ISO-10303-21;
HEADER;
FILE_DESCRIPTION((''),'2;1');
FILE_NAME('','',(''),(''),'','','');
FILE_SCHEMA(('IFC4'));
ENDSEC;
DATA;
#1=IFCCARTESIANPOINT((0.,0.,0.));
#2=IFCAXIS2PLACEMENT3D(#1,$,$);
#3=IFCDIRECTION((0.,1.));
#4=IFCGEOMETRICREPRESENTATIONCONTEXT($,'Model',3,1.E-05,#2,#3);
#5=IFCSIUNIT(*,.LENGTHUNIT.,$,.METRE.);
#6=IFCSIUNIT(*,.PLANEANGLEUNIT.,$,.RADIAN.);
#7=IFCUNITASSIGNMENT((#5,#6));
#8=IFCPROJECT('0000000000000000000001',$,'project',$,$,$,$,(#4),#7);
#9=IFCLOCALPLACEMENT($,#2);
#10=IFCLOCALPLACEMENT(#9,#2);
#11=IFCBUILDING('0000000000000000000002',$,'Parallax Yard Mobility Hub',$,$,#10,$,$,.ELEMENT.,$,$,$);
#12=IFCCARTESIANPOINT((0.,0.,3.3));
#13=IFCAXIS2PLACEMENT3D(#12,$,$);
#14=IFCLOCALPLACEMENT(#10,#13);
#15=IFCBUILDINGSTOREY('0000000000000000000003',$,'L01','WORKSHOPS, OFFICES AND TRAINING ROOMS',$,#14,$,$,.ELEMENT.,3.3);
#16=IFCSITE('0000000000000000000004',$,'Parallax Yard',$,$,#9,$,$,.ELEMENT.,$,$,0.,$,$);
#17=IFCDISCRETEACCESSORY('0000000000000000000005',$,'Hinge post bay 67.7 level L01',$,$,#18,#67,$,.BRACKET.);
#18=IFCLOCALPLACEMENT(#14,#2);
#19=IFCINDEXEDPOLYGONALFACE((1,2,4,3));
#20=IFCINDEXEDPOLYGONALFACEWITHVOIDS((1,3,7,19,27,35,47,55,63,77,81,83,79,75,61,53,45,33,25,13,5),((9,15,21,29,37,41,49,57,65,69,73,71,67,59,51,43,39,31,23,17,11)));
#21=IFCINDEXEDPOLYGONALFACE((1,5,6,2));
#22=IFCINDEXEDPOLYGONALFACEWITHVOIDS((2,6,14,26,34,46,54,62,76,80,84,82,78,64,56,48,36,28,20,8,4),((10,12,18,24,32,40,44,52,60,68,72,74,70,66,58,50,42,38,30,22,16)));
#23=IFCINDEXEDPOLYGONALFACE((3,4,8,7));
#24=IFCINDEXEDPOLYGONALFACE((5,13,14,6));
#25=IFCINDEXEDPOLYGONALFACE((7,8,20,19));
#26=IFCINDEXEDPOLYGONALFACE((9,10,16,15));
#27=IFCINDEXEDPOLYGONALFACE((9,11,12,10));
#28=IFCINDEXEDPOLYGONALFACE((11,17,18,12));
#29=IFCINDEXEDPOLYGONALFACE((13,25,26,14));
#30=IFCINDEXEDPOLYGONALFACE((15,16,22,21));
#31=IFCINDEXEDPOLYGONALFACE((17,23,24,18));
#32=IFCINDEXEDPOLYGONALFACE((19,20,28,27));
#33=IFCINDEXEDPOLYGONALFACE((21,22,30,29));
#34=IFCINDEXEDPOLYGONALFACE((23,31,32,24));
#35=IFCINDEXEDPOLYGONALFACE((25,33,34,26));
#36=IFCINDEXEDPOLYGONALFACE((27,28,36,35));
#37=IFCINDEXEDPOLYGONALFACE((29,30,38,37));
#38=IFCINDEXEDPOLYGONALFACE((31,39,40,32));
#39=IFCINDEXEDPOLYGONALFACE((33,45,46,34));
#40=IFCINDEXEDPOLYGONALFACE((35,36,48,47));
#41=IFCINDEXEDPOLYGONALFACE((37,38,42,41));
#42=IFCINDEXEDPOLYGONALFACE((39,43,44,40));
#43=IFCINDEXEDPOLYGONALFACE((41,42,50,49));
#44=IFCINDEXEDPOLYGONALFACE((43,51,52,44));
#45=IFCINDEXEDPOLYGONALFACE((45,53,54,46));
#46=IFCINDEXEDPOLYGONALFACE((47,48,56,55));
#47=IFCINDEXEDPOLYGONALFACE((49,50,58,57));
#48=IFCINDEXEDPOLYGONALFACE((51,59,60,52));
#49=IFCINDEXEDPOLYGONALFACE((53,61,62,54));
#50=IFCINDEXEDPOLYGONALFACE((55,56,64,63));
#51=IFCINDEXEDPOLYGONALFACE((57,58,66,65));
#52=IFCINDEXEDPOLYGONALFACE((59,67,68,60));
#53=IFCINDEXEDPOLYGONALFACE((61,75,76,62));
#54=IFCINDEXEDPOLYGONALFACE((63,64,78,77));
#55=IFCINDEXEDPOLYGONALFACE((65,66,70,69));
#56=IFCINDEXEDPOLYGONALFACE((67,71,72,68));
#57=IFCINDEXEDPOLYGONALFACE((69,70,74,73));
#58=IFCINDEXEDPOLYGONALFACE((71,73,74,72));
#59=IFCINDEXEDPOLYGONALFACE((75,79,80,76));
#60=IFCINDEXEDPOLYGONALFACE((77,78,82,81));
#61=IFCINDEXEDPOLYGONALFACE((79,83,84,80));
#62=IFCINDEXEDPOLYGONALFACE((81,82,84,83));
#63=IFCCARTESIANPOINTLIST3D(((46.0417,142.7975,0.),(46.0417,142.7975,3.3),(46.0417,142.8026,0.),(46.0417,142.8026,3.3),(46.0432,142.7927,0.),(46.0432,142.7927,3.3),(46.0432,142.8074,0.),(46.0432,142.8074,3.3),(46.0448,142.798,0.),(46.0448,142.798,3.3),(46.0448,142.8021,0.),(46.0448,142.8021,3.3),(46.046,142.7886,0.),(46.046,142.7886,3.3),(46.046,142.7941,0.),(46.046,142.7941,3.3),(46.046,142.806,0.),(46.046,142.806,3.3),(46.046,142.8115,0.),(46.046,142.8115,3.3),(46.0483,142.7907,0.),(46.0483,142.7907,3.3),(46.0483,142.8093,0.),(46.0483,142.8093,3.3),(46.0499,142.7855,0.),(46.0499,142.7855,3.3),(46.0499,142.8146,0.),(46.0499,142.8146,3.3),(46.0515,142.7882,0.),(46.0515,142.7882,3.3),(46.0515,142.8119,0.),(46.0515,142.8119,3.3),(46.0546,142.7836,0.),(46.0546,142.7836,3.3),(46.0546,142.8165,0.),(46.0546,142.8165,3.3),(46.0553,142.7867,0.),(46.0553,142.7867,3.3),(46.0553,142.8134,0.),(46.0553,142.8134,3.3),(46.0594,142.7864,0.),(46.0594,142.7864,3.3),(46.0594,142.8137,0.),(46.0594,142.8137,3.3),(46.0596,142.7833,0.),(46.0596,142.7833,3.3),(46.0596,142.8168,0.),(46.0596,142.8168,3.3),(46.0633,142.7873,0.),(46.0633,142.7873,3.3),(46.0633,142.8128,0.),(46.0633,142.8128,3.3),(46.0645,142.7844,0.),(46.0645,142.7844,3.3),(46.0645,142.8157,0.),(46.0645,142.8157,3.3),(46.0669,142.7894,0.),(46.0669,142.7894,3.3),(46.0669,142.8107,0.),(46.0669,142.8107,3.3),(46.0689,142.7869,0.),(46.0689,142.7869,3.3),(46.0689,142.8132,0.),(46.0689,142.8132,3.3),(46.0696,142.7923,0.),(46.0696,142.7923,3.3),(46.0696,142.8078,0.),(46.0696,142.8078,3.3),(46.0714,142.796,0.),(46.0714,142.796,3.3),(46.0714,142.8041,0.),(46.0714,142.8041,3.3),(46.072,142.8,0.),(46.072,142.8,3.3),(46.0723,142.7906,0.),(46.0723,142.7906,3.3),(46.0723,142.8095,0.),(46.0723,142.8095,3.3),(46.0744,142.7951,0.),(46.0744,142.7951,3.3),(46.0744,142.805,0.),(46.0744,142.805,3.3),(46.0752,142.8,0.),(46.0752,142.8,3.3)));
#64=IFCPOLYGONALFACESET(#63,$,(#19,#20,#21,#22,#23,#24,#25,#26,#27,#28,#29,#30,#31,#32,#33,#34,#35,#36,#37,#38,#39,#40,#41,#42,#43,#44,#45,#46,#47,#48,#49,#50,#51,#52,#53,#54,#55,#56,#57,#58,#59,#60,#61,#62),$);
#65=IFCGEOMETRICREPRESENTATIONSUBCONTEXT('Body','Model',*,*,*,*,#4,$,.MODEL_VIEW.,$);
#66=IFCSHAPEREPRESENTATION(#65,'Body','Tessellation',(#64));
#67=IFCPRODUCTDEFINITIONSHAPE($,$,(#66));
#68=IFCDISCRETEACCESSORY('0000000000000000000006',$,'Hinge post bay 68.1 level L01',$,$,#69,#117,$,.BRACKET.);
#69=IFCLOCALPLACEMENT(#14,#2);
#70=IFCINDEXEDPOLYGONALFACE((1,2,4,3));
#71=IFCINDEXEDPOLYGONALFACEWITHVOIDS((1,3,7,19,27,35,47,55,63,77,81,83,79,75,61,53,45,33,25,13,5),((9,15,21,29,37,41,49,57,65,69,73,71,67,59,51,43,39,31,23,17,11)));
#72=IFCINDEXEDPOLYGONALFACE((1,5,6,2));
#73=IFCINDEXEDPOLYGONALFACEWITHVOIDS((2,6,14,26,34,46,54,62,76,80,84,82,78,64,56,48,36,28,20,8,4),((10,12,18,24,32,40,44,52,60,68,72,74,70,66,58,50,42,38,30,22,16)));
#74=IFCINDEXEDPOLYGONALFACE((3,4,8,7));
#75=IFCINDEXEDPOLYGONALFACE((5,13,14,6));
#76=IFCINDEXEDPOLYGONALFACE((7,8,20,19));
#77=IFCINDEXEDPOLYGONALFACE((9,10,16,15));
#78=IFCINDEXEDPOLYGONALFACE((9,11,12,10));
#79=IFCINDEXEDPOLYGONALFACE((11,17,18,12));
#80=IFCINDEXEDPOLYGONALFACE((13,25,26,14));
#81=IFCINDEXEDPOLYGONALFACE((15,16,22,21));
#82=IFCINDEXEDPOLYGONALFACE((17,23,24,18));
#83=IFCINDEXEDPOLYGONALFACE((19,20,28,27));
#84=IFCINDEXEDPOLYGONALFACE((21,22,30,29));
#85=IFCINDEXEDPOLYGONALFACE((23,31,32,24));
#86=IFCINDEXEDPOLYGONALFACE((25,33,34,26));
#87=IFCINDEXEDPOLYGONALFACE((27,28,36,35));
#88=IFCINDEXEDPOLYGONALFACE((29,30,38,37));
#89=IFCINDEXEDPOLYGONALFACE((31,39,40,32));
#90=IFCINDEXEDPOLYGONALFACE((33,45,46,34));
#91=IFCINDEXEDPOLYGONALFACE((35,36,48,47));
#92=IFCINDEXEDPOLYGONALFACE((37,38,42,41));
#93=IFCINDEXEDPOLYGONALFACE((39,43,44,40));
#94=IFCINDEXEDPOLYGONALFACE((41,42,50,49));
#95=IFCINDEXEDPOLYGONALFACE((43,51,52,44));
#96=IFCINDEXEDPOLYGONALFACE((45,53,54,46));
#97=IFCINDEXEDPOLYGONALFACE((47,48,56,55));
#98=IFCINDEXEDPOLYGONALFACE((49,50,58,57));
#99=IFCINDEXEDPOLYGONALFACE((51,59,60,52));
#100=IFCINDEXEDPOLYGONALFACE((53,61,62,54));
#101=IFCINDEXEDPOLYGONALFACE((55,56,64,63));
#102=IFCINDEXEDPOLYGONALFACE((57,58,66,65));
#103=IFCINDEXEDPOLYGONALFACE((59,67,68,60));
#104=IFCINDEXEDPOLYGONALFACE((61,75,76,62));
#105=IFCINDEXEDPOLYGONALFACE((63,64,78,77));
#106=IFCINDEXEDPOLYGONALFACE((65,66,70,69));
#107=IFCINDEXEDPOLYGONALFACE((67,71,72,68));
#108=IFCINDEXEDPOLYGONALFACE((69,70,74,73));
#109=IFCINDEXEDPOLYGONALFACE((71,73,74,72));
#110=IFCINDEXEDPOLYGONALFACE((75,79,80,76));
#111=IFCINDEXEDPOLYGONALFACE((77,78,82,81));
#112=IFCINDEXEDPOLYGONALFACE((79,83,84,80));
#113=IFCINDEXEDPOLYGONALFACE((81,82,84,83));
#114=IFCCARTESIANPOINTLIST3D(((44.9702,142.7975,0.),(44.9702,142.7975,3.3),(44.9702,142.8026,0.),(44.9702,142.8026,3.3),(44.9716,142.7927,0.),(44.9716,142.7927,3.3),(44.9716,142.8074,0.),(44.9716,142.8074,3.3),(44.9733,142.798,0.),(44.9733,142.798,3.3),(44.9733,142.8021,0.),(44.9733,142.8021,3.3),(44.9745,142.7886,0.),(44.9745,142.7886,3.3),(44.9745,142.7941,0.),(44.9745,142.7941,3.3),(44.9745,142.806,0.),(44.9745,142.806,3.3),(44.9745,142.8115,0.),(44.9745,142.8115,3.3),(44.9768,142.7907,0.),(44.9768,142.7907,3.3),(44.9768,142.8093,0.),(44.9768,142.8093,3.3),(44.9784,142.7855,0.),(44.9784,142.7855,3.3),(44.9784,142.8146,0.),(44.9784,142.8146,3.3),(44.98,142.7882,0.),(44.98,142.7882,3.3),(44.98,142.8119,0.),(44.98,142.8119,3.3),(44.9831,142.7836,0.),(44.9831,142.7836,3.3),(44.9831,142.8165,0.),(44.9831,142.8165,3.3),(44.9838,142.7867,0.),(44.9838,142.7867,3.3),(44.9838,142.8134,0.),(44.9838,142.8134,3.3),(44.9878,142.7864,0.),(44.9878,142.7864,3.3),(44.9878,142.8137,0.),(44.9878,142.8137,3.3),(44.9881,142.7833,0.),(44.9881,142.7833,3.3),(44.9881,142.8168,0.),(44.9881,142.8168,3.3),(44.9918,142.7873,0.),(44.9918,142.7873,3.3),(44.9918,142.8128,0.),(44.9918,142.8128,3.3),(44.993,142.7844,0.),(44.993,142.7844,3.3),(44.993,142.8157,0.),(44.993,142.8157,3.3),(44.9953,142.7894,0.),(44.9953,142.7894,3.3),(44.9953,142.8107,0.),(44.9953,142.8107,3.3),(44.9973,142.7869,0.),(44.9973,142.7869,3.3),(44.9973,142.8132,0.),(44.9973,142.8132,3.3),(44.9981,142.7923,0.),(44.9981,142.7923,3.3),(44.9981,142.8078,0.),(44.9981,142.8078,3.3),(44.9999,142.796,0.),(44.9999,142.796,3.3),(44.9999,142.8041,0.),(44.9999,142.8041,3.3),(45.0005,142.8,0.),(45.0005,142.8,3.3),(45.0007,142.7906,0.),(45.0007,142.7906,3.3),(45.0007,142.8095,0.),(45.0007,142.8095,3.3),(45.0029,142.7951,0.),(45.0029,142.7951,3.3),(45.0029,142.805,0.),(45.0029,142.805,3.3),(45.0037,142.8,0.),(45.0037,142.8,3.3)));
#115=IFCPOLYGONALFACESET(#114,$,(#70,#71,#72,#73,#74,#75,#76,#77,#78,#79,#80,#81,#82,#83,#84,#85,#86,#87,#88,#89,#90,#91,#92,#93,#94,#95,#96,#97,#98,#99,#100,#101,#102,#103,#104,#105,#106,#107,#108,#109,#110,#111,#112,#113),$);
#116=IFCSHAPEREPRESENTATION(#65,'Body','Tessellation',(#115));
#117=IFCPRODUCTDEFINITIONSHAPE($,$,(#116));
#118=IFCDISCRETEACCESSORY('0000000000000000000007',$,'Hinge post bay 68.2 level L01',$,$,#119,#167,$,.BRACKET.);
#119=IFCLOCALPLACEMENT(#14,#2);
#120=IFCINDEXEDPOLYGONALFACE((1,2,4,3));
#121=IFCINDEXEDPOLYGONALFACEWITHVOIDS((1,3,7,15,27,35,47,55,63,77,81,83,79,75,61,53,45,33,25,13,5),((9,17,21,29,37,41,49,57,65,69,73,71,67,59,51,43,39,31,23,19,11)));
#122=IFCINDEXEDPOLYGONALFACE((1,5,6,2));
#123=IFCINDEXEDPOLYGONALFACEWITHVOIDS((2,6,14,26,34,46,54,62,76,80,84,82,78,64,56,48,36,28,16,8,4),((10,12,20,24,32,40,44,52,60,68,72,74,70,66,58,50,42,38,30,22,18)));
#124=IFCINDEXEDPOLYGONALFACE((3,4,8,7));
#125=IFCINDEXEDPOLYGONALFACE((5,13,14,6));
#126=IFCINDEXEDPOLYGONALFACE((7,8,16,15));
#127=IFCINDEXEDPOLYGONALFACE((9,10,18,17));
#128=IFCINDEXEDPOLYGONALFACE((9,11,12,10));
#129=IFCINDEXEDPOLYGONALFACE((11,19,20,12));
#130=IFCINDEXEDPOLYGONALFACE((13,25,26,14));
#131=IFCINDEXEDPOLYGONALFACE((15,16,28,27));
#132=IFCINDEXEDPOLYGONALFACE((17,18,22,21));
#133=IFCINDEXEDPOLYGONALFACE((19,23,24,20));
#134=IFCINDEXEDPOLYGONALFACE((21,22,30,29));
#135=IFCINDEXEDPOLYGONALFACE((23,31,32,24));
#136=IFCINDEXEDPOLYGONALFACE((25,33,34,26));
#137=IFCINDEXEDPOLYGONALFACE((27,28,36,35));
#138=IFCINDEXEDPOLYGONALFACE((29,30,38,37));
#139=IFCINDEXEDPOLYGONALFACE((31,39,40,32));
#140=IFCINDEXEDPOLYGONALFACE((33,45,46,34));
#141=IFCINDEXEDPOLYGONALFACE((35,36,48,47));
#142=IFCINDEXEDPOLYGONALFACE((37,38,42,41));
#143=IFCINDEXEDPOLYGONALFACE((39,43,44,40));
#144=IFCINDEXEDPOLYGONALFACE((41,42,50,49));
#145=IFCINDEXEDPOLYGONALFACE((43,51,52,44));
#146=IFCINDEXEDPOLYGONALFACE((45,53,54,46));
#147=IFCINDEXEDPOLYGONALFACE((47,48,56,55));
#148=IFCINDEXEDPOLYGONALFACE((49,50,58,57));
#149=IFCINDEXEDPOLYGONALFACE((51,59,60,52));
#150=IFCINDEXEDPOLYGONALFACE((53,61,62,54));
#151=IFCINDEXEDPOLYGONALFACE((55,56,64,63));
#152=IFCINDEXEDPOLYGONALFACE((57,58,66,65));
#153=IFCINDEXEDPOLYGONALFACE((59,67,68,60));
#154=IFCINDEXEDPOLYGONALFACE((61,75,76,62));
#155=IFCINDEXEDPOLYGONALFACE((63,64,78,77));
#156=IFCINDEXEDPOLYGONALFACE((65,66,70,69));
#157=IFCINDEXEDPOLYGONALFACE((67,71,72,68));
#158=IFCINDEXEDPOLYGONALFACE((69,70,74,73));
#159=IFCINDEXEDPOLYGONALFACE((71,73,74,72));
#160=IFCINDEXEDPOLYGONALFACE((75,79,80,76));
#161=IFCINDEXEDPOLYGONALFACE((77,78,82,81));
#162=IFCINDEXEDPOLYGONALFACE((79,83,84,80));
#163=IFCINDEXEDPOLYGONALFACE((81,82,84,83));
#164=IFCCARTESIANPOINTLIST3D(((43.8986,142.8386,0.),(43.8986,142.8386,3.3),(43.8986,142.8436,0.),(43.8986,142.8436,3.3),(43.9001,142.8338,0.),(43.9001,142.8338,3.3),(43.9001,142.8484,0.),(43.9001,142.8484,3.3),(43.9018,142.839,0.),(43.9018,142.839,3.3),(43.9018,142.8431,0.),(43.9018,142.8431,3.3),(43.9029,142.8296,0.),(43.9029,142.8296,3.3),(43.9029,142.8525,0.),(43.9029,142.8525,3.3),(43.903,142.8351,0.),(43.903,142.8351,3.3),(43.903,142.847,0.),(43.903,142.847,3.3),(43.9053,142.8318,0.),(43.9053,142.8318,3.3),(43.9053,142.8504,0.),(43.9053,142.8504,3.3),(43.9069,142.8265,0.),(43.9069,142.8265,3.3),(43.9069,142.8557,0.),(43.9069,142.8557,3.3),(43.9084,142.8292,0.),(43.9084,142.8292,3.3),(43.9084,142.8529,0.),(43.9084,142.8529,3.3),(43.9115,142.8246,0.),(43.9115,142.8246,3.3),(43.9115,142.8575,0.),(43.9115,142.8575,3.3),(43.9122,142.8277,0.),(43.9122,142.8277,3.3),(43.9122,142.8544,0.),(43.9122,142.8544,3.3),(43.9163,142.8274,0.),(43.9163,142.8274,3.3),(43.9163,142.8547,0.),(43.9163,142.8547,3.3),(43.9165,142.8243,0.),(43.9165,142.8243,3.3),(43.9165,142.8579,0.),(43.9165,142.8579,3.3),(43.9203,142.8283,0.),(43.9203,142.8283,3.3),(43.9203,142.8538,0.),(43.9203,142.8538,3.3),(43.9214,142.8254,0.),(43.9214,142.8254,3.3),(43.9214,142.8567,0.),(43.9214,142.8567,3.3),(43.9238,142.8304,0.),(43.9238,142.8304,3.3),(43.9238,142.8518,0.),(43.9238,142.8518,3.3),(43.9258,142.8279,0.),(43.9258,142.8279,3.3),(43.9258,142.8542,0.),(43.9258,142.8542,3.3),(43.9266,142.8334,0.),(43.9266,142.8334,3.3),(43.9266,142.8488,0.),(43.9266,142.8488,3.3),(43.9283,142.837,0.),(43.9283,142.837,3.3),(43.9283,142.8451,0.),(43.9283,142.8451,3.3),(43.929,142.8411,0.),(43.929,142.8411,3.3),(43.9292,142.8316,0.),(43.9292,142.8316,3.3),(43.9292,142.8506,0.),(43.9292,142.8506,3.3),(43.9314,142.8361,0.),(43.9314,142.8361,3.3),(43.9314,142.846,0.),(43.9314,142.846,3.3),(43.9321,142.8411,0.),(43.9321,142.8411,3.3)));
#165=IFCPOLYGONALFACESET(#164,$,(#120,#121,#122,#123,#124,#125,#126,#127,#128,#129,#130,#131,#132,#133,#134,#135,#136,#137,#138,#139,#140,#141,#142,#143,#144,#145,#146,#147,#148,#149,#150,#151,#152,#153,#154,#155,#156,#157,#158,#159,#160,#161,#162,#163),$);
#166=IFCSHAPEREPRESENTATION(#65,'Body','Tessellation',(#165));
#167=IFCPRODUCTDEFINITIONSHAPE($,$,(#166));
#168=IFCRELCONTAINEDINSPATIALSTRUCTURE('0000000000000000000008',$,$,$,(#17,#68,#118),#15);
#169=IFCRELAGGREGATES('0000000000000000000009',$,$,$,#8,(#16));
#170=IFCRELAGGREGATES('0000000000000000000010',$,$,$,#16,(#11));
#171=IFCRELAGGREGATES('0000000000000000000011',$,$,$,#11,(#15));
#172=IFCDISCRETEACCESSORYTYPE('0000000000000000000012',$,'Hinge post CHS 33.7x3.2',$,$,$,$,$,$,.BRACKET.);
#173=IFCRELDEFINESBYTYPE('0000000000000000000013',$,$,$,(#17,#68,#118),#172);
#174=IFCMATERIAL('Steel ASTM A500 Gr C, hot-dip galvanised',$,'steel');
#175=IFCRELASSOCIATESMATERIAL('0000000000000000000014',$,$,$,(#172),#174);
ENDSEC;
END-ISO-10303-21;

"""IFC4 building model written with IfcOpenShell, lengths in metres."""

from ifc_helpers import new_model, si_unit, direction, frame, origin, origin_2d, place, context, subcontext, project, spatial, hollow_circle, extrude, material, material_profile, profile_set, type_object, element, save


model = new_model("IFC4")

# Units and contexts
model_context = context("Model", 3, precision=1e-05, world=origin(), true_north=direction((0.0, 1.0)))
body_context = subcontext(model_context, "Body", "Model", "MODEL_VIEW")
ifc_project = project(units=[si_unit("LENGTHUNIT", "METRE"), si_unit("PLANEANGLEUNIT", "RADIAN")], contexts=[model_context])

# Site, building, storey
site_placement = place(None, origin())
site = spatial("IfcSite", under=ifc_project, at=site_placement, Name="Parallax Yard", CompositionType="ELEMENT", RefElevation=0.0)
building_placement = place(site_placement, origin())
building = spatial("IfcBuilding", under=site, at=building_placement, Name="Parallax Yard Mobility Hub", CompositionType="ELEMENT")
storey_placement = place(building_placement, frame((0.0, 0.0, 3.3)))
storey = spatial("IfcBuildingStorey", under=building, at=storey_placement, Name="L01", Description="WORKSHOPS, OFFICES AND TRAINING ROOMS", CompositionType="ELEMENT", Elevation=3.3)

# Discrete accessories
ifc_material_1 = material(Name="Steel ASTM A500 Gr C, hot-dip galvanised", Category="steel")
ifc_material_profile = material_profile(ifc_material_1, hollow_circle(Radius=0.0168, WallThickness=0.0032, at=origin_2d()), Name="CHS 33.7x3.2")
ifc_profile_set = profile_set([ifc_material_profile], Name="Steel ASTM A500 Gr C, hot-dip galvanised")
discrete_accessory_type_1 = type_object("IfcDiscreteAccessoryType", Name="Hinge post CHS 33.7x3.2", PredefinedType="BRACKET", material=ifc_profile_set)
for number, where, z_axis, x_axis, name in (
    (1, (46.0583, 142.8, 0.0), (0.0, 0.0, 1.0), (1.0, 0.0, 0.0), "Hinge post bay 67.7 level L01"),
    (2, (44.9868, 142.8, 0.0), (0.0, 0.0, 1.0), (1.0, 0.0, 0.0), "Hinge post bay 68.1 level L01"),
    (3, (43.9153, 142.8411, 0.0), (0.0, 0.0, 1.0), (1.0, 0.0, 0.0), "Hinge post bay 68.2 level L01"),
):
    element("IfcDiscreteAccessory", number, at=place(storey_placement, frame(where, z_axis=z_axis, x_axis=x_axis)), inside=storey, type_object=discrete_accessory_type_1, Name=name, PredefinedType="BRACKET", context=body_context, shape_type="SweptSolid", body=[
        extrude(hollow_circle(Radius=0.0168, WallThickness=0.0032, at=origin_2d()), origin(), (0.0, 0.0, 1.0), 3.3),
    ])

save(model, "model.ifc")
